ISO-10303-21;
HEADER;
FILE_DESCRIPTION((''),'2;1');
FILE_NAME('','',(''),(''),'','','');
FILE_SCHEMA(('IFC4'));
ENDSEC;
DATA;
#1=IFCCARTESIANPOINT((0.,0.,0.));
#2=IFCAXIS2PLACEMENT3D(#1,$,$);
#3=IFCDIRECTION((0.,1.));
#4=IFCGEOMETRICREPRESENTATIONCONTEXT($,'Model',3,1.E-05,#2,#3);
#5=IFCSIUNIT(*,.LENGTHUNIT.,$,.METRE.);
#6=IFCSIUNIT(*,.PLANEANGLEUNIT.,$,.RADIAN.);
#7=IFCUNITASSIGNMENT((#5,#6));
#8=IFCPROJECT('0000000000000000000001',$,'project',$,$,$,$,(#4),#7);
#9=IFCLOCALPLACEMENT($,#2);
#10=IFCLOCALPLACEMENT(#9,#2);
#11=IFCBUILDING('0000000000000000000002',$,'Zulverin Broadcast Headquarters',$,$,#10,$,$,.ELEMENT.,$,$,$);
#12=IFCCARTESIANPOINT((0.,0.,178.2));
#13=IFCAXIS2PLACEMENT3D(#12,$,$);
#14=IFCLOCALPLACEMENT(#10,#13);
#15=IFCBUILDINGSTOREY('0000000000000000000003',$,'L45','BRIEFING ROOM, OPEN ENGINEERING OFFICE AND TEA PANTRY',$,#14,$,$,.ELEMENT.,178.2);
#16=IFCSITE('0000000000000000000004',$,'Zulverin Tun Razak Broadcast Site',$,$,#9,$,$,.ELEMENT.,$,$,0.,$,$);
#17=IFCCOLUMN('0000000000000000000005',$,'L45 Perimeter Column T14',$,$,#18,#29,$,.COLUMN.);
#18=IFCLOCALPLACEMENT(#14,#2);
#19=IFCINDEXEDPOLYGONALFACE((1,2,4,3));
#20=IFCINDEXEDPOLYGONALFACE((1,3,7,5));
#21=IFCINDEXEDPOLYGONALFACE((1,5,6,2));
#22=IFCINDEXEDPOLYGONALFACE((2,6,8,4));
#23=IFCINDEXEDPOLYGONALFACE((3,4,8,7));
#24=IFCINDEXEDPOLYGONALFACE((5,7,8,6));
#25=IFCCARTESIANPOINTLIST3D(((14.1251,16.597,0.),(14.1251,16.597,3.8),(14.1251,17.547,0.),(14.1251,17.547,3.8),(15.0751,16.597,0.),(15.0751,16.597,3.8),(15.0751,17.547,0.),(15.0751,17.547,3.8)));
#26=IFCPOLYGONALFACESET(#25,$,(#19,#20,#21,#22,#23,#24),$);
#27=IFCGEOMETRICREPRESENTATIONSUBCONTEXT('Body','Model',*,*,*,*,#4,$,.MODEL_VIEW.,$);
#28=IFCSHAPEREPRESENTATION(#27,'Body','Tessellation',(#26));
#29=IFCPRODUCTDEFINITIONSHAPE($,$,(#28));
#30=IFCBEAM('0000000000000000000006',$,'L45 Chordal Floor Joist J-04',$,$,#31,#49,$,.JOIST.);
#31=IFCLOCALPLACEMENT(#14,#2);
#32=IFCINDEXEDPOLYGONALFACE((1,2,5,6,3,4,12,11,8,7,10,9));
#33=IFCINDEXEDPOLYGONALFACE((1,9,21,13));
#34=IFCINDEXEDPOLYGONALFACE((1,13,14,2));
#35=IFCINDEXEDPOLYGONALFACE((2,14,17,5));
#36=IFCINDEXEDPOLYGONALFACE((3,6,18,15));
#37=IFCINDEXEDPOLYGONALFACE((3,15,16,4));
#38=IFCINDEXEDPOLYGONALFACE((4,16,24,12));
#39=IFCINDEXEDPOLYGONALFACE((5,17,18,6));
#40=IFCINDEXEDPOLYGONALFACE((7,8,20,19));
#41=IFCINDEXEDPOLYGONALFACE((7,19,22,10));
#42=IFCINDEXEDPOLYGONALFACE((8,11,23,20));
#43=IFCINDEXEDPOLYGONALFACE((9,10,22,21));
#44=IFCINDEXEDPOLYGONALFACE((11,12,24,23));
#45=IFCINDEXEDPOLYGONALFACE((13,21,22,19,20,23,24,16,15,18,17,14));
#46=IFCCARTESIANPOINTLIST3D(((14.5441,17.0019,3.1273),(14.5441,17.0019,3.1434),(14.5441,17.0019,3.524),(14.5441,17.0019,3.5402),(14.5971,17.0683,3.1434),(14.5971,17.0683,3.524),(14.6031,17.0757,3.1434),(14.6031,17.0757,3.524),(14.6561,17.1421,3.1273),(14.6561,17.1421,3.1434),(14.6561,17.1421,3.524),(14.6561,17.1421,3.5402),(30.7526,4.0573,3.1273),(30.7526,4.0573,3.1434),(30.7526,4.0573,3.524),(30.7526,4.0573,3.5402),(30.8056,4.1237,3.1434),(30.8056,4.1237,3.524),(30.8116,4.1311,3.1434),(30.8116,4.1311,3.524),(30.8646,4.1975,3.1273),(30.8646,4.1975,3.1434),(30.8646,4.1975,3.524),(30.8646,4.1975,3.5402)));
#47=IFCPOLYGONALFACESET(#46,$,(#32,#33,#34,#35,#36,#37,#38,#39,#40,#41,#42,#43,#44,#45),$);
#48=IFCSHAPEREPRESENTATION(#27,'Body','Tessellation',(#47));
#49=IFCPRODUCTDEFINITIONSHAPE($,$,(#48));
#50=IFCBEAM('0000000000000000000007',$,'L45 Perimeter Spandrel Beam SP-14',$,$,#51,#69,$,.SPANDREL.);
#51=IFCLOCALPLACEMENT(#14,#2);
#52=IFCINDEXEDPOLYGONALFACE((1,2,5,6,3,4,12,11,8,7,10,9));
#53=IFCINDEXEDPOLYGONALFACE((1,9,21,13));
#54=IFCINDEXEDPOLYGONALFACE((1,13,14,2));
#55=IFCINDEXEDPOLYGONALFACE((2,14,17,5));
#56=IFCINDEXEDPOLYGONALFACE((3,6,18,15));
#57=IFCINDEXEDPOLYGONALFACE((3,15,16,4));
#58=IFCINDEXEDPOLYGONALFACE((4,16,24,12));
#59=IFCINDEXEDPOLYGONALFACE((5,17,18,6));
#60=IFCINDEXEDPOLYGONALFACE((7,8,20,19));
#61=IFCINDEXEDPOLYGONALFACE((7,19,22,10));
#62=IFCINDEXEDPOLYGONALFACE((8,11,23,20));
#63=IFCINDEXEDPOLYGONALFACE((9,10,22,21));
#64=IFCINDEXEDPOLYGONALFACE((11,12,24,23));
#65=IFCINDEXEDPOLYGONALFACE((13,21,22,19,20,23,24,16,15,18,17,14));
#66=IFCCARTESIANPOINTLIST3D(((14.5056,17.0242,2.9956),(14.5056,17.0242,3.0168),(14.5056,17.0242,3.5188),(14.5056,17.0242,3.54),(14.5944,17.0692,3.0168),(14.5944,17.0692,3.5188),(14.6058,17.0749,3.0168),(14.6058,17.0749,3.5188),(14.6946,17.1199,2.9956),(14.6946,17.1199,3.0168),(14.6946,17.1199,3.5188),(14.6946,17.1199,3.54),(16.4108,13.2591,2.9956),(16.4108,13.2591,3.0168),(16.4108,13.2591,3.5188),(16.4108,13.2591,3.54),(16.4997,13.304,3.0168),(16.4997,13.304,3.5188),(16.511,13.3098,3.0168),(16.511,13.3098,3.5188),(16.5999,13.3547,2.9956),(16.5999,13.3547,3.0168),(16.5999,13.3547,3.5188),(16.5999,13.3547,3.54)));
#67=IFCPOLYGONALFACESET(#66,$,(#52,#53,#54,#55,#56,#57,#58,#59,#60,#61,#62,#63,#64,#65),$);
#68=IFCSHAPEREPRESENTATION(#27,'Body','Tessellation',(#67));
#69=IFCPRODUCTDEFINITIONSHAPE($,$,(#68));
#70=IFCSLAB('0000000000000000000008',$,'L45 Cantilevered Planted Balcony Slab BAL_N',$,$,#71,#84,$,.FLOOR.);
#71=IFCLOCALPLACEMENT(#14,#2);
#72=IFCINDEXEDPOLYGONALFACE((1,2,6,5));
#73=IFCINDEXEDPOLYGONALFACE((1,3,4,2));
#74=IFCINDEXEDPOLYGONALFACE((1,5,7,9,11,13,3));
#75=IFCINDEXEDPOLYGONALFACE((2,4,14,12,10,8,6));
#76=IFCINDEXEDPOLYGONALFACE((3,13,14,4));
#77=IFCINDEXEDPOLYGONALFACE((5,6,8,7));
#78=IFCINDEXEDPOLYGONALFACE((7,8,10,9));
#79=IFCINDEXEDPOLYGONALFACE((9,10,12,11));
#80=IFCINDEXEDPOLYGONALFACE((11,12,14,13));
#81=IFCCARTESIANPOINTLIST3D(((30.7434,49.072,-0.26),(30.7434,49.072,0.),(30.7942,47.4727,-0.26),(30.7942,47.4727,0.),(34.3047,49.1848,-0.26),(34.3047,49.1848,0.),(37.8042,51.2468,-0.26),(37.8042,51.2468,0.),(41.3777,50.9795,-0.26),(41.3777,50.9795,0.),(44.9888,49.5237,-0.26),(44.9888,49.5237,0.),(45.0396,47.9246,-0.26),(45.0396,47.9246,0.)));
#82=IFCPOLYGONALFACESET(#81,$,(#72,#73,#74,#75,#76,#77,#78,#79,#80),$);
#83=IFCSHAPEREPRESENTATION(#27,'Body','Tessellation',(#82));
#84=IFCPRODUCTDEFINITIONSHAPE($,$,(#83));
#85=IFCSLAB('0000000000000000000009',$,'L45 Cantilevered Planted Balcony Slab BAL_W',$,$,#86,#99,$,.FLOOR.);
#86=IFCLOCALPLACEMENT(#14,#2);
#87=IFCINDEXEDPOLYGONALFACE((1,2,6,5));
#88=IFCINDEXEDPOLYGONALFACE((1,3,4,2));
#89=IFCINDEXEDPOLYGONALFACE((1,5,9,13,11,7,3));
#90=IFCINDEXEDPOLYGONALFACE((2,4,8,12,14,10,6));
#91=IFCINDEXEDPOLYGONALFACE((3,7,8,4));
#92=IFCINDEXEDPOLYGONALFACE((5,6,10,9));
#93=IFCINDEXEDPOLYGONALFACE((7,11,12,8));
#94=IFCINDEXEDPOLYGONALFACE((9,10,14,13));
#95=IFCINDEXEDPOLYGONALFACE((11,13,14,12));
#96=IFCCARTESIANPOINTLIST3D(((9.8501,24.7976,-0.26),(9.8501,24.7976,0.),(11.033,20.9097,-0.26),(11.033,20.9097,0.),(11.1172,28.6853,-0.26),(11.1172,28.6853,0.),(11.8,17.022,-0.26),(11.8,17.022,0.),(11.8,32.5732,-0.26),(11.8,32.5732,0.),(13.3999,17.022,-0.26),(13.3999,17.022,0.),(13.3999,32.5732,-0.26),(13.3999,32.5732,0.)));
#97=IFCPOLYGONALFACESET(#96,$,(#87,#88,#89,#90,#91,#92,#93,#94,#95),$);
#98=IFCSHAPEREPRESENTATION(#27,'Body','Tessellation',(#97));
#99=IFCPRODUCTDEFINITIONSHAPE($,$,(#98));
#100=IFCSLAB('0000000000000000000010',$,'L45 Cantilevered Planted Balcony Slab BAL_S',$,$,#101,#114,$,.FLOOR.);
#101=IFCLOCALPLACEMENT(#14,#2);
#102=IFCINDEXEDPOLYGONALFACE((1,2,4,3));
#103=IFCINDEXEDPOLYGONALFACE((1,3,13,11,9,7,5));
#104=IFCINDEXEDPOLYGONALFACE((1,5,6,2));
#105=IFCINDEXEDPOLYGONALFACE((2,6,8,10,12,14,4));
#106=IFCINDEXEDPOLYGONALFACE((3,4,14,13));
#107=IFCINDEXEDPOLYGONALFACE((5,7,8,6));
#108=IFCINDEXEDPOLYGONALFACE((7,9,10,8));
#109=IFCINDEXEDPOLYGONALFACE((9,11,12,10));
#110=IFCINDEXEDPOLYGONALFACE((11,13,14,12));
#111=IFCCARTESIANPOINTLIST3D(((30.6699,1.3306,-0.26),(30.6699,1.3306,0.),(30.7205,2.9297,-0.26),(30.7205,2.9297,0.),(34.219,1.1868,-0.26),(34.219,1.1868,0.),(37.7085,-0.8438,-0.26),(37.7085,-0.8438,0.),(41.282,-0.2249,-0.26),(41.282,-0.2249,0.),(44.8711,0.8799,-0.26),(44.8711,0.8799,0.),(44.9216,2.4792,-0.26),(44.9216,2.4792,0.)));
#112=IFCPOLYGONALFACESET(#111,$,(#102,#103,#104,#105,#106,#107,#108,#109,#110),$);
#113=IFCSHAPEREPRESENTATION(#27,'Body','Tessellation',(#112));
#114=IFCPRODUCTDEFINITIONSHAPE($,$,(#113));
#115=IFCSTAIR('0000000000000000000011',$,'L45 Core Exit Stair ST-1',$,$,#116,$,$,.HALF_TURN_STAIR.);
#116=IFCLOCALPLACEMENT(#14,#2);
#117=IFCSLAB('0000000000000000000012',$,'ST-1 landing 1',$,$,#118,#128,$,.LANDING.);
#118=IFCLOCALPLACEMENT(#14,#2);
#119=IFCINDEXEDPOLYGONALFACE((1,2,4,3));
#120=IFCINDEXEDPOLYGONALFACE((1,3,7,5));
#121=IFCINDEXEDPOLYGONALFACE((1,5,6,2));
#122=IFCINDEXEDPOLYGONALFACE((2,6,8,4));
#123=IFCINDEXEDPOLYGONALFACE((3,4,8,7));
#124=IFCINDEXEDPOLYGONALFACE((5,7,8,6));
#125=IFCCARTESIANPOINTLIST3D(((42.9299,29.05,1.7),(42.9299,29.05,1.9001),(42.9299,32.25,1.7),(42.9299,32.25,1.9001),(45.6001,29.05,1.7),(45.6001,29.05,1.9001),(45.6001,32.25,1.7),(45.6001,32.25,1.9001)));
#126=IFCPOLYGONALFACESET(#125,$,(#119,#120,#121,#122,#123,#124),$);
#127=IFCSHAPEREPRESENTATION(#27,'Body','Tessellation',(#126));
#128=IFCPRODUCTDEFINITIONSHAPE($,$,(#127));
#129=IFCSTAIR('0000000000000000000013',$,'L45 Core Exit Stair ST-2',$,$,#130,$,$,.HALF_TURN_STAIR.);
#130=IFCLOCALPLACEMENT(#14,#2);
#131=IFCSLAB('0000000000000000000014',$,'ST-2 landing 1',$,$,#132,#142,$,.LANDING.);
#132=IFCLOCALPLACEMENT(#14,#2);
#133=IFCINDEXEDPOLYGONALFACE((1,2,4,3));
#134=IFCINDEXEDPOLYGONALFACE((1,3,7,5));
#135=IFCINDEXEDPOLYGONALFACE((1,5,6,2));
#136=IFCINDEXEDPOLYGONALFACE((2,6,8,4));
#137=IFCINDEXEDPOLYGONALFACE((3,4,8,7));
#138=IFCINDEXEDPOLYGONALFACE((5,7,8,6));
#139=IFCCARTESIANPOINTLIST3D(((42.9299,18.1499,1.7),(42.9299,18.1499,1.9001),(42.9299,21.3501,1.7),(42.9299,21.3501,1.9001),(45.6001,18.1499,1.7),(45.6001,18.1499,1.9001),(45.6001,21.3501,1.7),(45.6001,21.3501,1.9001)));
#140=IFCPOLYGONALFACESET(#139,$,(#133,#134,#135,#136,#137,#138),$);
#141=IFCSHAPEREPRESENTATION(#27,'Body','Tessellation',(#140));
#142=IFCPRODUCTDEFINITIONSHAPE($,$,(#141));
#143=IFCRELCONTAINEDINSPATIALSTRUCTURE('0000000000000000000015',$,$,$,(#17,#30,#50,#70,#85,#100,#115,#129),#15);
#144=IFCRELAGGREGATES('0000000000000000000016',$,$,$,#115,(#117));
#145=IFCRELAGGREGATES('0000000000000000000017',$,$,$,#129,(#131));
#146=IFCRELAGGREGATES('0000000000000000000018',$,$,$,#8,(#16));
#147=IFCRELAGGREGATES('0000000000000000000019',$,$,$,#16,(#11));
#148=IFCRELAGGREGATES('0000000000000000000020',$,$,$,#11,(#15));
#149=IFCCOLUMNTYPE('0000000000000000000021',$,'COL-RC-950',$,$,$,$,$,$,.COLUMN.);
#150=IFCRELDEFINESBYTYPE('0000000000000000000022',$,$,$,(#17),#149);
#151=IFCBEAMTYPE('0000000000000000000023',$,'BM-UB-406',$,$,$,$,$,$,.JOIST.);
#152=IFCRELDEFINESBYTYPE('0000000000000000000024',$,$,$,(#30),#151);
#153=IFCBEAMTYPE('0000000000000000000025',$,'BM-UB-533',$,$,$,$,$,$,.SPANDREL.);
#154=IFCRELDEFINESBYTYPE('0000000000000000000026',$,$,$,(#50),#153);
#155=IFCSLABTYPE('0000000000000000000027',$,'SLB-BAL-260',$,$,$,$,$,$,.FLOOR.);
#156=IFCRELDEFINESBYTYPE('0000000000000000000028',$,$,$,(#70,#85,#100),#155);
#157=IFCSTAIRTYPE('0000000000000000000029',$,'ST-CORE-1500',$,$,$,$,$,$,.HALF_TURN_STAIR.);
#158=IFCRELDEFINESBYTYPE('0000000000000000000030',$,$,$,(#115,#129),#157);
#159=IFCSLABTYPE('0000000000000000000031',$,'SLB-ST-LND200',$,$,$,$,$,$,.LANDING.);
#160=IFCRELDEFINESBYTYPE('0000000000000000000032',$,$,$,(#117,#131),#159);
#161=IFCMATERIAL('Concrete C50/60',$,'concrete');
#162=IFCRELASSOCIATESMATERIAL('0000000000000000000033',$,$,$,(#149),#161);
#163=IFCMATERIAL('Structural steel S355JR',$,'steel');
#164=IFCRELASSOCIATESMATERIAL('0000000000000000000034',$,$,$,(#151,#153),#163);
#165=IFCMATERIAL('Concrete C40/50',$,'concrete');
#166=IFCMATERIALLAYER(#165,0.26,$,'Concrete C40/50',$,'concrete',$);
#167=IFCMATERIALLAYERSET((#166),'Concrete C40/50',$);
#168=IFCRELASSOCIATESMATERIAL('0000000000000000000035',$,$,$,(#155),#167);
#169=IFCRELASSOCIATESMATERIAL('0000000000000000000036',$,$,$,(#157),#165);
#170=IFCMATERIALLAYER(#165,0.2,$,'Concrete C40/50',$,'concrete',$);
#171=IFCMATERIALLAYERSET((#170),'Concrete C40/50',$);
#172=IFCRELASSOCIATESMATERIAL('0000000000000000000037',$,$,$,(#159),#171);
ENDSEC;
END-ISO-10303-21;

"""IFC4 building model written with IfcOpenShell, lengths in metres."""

from ifc_helpers import new_model, si_unit, direction, frame, origin, origin_2d, place, context, subcontext, project, spatial, polyline, rectangle, i_section, outline, extrude, material, layer, layer_set, material_profile, profile_set, type_object, element, aggregate, save


model = new_model("IFC4")

# Units and contexts
model_context = context("Model", 3, precision=1e-05, world=origin(), true_north=direction((0.0, 1.0)))
body_context = subcontext(model_context, "Body", "Model", "MODEL_VIEW")
ifc_project = project(units=[si_unit("LENGTHUNIT", "METRE"), si_unit("PLANEANGLEUNIT", "RADIAN")], contexts=[model_context])

# Site, building, storey
site_placement = place(None, origin())
site = spatial("IfcSite", under=ifc_project, at=site_placement, Name="Zulverin Tun Razak Broadcast Site", CompositionType="ELEMENT", RefElevation=0.0)
building_placement = place(site_placement, origin())
building = spatial("IfcBuilding", under=site, at=building_placement, Name="Zulverin Broadcast Headquarters", CompositionType="ELEMENT")
storey_placement = place(building_placement, frame((0.0, 0.0, 178.2)))
storey = spatial("IfcBuildingStorey", under=building, at=storey_placement, Name="L45", Description="BRIEFING ROOM, OPEN ENGINEERING OFFICE AND TEA PANTRY", CompositionType="ELEMENT", Elevation=178.2)

# Column
ifc_material_1 = material(Name="Concrete C50/60", Category="concrete")
ifc_material_profile_1 = material_profile(ifc_material_1, rectangle(XDim=0.95, YDim=0.95, at=origin_2d()), Name="Concrete C50/60", Category="concrete")
ifc_profile_set_1 = profile_set([ifc_material_profile_1], Name="Concrete C50/60")
column_type = type_object("IfcColumnType", Name="COL-RC-950", PredefinedType="COLUMN", material=ifc_profile_set_1)
column_placement = place(storey_placement, frame((14.6001, 17.072, 0.0), z_axis=(0.0, 0.0, 1.0), x_axis=(1.0, 0.0, 0.0)))
element("IfcColumn", 1, at=column_placement, inside=storey, type_object=column_type, Name="L45 Perimeter Column T14", PredefinedType="COLUMN", context=body_context, shape_type="SweptSolid", body=[
    extrude(rectangle(XDim=0.95, YDim=0.95, at=origin_2d()), origin(), (0.0, 0.0, 1.0), 3.8),
])

# Beams
ifc_material_2 = material(Name="Structural steel S355JR", Category="steel")
ifc_material_profile_2 = material_profile(ifc_material_2, i_section(OverallWidth=0.1794, OverallDepth=0.4128, WebThickness=0.0095, FlangeThickness=0.0161, at=origin_2d()), Name="Structural steel S355JR", Category="steel")
ifc_profile_set_2 = profile_set([ifc_material_profile_2], Name="Structural steel S355JR")
beam_type_1 = type_object("IfcBeamType", Name="BM-UB-406", PredefinedType="JOIST", material=ifc_profile_set_2)
beam_1_placement = place(storey_placement, frame((14.6001, 17.072, 3.3337), z_axis=(0.781391, -0.624042, 0.0), x_axis=(0.624042, 0.781391, 0.0)))
element("IfcBeam", 2, at=beam_1_placement, inside=storey, type_object=beam_type_1, Name="L45 Chordal Floor Joist J-04", PredefinedType="JOIST", context=body_context, shape_type="SweptSolid", body=[
    extrude(i_section(OverallWidth=0.1794, OverallDepth=0.4128, WebThickness=0.0095, FlangeThickness=0.0161, at=origin_2d()), origin(), (0.0, 0.0, 1.0), 20.7432),
])
ifc_material_profile_3 = material_profile(ifc_material_2, i_section(OverallWidth=0.2119, OverallDepth=0.5444, WebThickness=0.0127, FlangeThickness=0.0212, at=origin_2d()), Name="Structural steel S355JR", Category="steel")
ifc_profile_set_3 = profile_set([ifc_material_profile_3], Name="Structural steel S355JR")
beam_type_2 = type_object("IfcBeamType", Name="BM-UB-533", PredefinedType="SPANDREL", material=ifc_profile_set_3)
beam_2_placement = place(storey_placement, frame((14.6001, 17.072, 3.2678), z_axis=(0.451513, -0.892265, 0.0), x_axis=(0.892265, 0.451513, 0.0)))
element("IfcBeam", 3, at=beam_2_placement, inside=storey, type_object=beam_type_2, Name="L45 Perimeter Spandrel Beam SP-14", PredefinedType="SPANDREL", context=body_context, shape_type="SweptSolid", body=[
    extrude(i_section(OverallWidth=0.2119, OverallDepth=0.5444, WebThickness=0.0127, FlangeThickness=0.0212, at=origin_2d()), origin(), (0.0, 0.0, 1.0), 4.2197),
])

# Slabs
ifc_material_3 = material(Name="Concrete C40/50", Category="concrete")
ifc_layer_1 = layer(ifc_material_3, 0.26, Name="Concrete C40/50", Category="concrete")
ifc_layer_set_1 = layer_set([ifc_layer_1], Name="Concrete C40/50")
slab_type_1 = type_object("IfcSlabType", Name="SLB-BAL-260", PredefinedType="FLOOR", material=ifc_layer_set_1)
slab_1_placement = place(storey_placement, frame((0.0, 0.0, -0.26)))
element("IfcSlab", 4, at=slab_1_placement, inside=storey, type_object=slab_type_1, Name="L45 Cantilevered Planted Balcony Slab BAL_N", PredefinedType="FLOOR", context=body_context, shape_type="SweptSolid", body=[
    extrude(outline(polyline([(30.7942, 47.4727), (45.0396, 47.9246), (44.9888, 49.5237), (41.3777, 50.9795), (37.8042, 51.2468), (34.3047, 49.1848), (30.7434, 49.072), (30.7942, 47.4727)])), origin(), (0.0, 0.0, 1.0), 0.26),
])
slab_2_placement = place(storey_placement, frame((0.0, 0.0, -0.26)))
element("IfcSlab", 5, at=slab_2_placement, inside=storey, type_object=slab_type_1, Name="L45 Cantilevered Planted Balcony Slab BAL_W", PredefinedType="FLOOR", context=body_context, shape_type="SweptSolid", body=[
    extrude(outline(polyline([(13.3999, 17.022), (13.3999, 32.5732), (11.8, 32.5732), (11.1172, 28.6853), (9.8501, 24.7976), (11.033, 20.9097), (11.8, 17.022), (13.3999, 17.022)])), origin(), (0.0, 0.0, 1.0), 0.26),
])
slab_3_placement = place(storey_placement, frame((0.0, 0.0, -0.26)))
element("IfcSlab", 6, at=slab_3_placement, inside=storey, type_object=slab_type_1, Name="L45 Cantilevered Planted Balcony Slab BAL_S", PredefinedType="FLOOR", context=body_context, shape_type="SweptSolid", body=[
    extrude(outline(polyline([(44.9216, 2.4792), (30.7205, 2.9297), (30.6699, 1.3306), (34.219, 1.1868), (37.7085, -0.8438), (41.282, -0.2249), (44.8711, 0.8799), (44.9216, 2.4792)])), origin(), (0.0, 0.0, 1.0), 0.26),
])

# Stairs, slabs
stair_type = type_object("IfcStairType", Name="ST-CORE-1500", PredefinedType="HALF_TURN_STAIR", material=ifc_material_3)
stair_1_placement = place(storey_placement, origin())
stair_1 = element("IfcStair", 7, at=stair_1_placement, inside=storey, type_object=stair_type, Name="L45 Core Exit Stair ST-1", PredefinedType="HALF_TURN_STAIR")
ifc_layer_2 = layer(ifc_material_3, 0.2, Name="Concrete C40/50", Category="concrete")
ifc_layer_set_2 = layer_set([ifc_layer_2], Name="Concrete C40/50")
slab_type_2 = type_object("IfcSlabType", Name="SLB-ST-LND200", PredefinedType="LANDING", material=ifc_layer_set_2)
slab_4_placement = place(storey_placement, frame((0.0, 0.0, 1.7)))
slab_4 = element("IfcSlab", 8, at=slab_4_placement, type_object=slab_type_2, Name="ST-1 landing 1", PredefinedType="LANDING", context=body_context, shape_type="SweptSolid", body=[
    extrude(outline(polyline([(42.9299, 29.05), (45.6001, 29.05), (45.6001, 32.25), (42.9299, 32.25), (42.9299, 29.05)])), origin(), (0.0, 0.0, 1.0), 0.2002),
])
aggregate(stair_1, [slab_4])
stair_2_placement = place(storey_placement, origin())
stair_2 = element("IfcStair", 9, at=stair_2_placement, inside=storey, type_object=stair_type, Name="L45 Core Exit Stair ST-2", PredefinedType="HALF_TURN_STAIR")
slab_5_placement = place(storey_placement, frame((0.0, 0.0, 1.7)))
slab_5 = element("IfcSlab", 10, at=slab_5_placement, type_object=slab_type_2, Name="ST-2 landing 1", PredefinedType="LANDING", context=body_context, shape_type="SweptSolid", body=[
    extrude(outline(polyline([(42.9299, 18.1499), (45.6001, 18.1499), (45.6001, 21.3501), (42.9299, 21.3501), (42.9299, 18.1499)])), origin(), (0.0, 0.0, 1.0), 0.2002),
])
aggregate(stair_2, [slab_5])

save(model, "model.ifc")
